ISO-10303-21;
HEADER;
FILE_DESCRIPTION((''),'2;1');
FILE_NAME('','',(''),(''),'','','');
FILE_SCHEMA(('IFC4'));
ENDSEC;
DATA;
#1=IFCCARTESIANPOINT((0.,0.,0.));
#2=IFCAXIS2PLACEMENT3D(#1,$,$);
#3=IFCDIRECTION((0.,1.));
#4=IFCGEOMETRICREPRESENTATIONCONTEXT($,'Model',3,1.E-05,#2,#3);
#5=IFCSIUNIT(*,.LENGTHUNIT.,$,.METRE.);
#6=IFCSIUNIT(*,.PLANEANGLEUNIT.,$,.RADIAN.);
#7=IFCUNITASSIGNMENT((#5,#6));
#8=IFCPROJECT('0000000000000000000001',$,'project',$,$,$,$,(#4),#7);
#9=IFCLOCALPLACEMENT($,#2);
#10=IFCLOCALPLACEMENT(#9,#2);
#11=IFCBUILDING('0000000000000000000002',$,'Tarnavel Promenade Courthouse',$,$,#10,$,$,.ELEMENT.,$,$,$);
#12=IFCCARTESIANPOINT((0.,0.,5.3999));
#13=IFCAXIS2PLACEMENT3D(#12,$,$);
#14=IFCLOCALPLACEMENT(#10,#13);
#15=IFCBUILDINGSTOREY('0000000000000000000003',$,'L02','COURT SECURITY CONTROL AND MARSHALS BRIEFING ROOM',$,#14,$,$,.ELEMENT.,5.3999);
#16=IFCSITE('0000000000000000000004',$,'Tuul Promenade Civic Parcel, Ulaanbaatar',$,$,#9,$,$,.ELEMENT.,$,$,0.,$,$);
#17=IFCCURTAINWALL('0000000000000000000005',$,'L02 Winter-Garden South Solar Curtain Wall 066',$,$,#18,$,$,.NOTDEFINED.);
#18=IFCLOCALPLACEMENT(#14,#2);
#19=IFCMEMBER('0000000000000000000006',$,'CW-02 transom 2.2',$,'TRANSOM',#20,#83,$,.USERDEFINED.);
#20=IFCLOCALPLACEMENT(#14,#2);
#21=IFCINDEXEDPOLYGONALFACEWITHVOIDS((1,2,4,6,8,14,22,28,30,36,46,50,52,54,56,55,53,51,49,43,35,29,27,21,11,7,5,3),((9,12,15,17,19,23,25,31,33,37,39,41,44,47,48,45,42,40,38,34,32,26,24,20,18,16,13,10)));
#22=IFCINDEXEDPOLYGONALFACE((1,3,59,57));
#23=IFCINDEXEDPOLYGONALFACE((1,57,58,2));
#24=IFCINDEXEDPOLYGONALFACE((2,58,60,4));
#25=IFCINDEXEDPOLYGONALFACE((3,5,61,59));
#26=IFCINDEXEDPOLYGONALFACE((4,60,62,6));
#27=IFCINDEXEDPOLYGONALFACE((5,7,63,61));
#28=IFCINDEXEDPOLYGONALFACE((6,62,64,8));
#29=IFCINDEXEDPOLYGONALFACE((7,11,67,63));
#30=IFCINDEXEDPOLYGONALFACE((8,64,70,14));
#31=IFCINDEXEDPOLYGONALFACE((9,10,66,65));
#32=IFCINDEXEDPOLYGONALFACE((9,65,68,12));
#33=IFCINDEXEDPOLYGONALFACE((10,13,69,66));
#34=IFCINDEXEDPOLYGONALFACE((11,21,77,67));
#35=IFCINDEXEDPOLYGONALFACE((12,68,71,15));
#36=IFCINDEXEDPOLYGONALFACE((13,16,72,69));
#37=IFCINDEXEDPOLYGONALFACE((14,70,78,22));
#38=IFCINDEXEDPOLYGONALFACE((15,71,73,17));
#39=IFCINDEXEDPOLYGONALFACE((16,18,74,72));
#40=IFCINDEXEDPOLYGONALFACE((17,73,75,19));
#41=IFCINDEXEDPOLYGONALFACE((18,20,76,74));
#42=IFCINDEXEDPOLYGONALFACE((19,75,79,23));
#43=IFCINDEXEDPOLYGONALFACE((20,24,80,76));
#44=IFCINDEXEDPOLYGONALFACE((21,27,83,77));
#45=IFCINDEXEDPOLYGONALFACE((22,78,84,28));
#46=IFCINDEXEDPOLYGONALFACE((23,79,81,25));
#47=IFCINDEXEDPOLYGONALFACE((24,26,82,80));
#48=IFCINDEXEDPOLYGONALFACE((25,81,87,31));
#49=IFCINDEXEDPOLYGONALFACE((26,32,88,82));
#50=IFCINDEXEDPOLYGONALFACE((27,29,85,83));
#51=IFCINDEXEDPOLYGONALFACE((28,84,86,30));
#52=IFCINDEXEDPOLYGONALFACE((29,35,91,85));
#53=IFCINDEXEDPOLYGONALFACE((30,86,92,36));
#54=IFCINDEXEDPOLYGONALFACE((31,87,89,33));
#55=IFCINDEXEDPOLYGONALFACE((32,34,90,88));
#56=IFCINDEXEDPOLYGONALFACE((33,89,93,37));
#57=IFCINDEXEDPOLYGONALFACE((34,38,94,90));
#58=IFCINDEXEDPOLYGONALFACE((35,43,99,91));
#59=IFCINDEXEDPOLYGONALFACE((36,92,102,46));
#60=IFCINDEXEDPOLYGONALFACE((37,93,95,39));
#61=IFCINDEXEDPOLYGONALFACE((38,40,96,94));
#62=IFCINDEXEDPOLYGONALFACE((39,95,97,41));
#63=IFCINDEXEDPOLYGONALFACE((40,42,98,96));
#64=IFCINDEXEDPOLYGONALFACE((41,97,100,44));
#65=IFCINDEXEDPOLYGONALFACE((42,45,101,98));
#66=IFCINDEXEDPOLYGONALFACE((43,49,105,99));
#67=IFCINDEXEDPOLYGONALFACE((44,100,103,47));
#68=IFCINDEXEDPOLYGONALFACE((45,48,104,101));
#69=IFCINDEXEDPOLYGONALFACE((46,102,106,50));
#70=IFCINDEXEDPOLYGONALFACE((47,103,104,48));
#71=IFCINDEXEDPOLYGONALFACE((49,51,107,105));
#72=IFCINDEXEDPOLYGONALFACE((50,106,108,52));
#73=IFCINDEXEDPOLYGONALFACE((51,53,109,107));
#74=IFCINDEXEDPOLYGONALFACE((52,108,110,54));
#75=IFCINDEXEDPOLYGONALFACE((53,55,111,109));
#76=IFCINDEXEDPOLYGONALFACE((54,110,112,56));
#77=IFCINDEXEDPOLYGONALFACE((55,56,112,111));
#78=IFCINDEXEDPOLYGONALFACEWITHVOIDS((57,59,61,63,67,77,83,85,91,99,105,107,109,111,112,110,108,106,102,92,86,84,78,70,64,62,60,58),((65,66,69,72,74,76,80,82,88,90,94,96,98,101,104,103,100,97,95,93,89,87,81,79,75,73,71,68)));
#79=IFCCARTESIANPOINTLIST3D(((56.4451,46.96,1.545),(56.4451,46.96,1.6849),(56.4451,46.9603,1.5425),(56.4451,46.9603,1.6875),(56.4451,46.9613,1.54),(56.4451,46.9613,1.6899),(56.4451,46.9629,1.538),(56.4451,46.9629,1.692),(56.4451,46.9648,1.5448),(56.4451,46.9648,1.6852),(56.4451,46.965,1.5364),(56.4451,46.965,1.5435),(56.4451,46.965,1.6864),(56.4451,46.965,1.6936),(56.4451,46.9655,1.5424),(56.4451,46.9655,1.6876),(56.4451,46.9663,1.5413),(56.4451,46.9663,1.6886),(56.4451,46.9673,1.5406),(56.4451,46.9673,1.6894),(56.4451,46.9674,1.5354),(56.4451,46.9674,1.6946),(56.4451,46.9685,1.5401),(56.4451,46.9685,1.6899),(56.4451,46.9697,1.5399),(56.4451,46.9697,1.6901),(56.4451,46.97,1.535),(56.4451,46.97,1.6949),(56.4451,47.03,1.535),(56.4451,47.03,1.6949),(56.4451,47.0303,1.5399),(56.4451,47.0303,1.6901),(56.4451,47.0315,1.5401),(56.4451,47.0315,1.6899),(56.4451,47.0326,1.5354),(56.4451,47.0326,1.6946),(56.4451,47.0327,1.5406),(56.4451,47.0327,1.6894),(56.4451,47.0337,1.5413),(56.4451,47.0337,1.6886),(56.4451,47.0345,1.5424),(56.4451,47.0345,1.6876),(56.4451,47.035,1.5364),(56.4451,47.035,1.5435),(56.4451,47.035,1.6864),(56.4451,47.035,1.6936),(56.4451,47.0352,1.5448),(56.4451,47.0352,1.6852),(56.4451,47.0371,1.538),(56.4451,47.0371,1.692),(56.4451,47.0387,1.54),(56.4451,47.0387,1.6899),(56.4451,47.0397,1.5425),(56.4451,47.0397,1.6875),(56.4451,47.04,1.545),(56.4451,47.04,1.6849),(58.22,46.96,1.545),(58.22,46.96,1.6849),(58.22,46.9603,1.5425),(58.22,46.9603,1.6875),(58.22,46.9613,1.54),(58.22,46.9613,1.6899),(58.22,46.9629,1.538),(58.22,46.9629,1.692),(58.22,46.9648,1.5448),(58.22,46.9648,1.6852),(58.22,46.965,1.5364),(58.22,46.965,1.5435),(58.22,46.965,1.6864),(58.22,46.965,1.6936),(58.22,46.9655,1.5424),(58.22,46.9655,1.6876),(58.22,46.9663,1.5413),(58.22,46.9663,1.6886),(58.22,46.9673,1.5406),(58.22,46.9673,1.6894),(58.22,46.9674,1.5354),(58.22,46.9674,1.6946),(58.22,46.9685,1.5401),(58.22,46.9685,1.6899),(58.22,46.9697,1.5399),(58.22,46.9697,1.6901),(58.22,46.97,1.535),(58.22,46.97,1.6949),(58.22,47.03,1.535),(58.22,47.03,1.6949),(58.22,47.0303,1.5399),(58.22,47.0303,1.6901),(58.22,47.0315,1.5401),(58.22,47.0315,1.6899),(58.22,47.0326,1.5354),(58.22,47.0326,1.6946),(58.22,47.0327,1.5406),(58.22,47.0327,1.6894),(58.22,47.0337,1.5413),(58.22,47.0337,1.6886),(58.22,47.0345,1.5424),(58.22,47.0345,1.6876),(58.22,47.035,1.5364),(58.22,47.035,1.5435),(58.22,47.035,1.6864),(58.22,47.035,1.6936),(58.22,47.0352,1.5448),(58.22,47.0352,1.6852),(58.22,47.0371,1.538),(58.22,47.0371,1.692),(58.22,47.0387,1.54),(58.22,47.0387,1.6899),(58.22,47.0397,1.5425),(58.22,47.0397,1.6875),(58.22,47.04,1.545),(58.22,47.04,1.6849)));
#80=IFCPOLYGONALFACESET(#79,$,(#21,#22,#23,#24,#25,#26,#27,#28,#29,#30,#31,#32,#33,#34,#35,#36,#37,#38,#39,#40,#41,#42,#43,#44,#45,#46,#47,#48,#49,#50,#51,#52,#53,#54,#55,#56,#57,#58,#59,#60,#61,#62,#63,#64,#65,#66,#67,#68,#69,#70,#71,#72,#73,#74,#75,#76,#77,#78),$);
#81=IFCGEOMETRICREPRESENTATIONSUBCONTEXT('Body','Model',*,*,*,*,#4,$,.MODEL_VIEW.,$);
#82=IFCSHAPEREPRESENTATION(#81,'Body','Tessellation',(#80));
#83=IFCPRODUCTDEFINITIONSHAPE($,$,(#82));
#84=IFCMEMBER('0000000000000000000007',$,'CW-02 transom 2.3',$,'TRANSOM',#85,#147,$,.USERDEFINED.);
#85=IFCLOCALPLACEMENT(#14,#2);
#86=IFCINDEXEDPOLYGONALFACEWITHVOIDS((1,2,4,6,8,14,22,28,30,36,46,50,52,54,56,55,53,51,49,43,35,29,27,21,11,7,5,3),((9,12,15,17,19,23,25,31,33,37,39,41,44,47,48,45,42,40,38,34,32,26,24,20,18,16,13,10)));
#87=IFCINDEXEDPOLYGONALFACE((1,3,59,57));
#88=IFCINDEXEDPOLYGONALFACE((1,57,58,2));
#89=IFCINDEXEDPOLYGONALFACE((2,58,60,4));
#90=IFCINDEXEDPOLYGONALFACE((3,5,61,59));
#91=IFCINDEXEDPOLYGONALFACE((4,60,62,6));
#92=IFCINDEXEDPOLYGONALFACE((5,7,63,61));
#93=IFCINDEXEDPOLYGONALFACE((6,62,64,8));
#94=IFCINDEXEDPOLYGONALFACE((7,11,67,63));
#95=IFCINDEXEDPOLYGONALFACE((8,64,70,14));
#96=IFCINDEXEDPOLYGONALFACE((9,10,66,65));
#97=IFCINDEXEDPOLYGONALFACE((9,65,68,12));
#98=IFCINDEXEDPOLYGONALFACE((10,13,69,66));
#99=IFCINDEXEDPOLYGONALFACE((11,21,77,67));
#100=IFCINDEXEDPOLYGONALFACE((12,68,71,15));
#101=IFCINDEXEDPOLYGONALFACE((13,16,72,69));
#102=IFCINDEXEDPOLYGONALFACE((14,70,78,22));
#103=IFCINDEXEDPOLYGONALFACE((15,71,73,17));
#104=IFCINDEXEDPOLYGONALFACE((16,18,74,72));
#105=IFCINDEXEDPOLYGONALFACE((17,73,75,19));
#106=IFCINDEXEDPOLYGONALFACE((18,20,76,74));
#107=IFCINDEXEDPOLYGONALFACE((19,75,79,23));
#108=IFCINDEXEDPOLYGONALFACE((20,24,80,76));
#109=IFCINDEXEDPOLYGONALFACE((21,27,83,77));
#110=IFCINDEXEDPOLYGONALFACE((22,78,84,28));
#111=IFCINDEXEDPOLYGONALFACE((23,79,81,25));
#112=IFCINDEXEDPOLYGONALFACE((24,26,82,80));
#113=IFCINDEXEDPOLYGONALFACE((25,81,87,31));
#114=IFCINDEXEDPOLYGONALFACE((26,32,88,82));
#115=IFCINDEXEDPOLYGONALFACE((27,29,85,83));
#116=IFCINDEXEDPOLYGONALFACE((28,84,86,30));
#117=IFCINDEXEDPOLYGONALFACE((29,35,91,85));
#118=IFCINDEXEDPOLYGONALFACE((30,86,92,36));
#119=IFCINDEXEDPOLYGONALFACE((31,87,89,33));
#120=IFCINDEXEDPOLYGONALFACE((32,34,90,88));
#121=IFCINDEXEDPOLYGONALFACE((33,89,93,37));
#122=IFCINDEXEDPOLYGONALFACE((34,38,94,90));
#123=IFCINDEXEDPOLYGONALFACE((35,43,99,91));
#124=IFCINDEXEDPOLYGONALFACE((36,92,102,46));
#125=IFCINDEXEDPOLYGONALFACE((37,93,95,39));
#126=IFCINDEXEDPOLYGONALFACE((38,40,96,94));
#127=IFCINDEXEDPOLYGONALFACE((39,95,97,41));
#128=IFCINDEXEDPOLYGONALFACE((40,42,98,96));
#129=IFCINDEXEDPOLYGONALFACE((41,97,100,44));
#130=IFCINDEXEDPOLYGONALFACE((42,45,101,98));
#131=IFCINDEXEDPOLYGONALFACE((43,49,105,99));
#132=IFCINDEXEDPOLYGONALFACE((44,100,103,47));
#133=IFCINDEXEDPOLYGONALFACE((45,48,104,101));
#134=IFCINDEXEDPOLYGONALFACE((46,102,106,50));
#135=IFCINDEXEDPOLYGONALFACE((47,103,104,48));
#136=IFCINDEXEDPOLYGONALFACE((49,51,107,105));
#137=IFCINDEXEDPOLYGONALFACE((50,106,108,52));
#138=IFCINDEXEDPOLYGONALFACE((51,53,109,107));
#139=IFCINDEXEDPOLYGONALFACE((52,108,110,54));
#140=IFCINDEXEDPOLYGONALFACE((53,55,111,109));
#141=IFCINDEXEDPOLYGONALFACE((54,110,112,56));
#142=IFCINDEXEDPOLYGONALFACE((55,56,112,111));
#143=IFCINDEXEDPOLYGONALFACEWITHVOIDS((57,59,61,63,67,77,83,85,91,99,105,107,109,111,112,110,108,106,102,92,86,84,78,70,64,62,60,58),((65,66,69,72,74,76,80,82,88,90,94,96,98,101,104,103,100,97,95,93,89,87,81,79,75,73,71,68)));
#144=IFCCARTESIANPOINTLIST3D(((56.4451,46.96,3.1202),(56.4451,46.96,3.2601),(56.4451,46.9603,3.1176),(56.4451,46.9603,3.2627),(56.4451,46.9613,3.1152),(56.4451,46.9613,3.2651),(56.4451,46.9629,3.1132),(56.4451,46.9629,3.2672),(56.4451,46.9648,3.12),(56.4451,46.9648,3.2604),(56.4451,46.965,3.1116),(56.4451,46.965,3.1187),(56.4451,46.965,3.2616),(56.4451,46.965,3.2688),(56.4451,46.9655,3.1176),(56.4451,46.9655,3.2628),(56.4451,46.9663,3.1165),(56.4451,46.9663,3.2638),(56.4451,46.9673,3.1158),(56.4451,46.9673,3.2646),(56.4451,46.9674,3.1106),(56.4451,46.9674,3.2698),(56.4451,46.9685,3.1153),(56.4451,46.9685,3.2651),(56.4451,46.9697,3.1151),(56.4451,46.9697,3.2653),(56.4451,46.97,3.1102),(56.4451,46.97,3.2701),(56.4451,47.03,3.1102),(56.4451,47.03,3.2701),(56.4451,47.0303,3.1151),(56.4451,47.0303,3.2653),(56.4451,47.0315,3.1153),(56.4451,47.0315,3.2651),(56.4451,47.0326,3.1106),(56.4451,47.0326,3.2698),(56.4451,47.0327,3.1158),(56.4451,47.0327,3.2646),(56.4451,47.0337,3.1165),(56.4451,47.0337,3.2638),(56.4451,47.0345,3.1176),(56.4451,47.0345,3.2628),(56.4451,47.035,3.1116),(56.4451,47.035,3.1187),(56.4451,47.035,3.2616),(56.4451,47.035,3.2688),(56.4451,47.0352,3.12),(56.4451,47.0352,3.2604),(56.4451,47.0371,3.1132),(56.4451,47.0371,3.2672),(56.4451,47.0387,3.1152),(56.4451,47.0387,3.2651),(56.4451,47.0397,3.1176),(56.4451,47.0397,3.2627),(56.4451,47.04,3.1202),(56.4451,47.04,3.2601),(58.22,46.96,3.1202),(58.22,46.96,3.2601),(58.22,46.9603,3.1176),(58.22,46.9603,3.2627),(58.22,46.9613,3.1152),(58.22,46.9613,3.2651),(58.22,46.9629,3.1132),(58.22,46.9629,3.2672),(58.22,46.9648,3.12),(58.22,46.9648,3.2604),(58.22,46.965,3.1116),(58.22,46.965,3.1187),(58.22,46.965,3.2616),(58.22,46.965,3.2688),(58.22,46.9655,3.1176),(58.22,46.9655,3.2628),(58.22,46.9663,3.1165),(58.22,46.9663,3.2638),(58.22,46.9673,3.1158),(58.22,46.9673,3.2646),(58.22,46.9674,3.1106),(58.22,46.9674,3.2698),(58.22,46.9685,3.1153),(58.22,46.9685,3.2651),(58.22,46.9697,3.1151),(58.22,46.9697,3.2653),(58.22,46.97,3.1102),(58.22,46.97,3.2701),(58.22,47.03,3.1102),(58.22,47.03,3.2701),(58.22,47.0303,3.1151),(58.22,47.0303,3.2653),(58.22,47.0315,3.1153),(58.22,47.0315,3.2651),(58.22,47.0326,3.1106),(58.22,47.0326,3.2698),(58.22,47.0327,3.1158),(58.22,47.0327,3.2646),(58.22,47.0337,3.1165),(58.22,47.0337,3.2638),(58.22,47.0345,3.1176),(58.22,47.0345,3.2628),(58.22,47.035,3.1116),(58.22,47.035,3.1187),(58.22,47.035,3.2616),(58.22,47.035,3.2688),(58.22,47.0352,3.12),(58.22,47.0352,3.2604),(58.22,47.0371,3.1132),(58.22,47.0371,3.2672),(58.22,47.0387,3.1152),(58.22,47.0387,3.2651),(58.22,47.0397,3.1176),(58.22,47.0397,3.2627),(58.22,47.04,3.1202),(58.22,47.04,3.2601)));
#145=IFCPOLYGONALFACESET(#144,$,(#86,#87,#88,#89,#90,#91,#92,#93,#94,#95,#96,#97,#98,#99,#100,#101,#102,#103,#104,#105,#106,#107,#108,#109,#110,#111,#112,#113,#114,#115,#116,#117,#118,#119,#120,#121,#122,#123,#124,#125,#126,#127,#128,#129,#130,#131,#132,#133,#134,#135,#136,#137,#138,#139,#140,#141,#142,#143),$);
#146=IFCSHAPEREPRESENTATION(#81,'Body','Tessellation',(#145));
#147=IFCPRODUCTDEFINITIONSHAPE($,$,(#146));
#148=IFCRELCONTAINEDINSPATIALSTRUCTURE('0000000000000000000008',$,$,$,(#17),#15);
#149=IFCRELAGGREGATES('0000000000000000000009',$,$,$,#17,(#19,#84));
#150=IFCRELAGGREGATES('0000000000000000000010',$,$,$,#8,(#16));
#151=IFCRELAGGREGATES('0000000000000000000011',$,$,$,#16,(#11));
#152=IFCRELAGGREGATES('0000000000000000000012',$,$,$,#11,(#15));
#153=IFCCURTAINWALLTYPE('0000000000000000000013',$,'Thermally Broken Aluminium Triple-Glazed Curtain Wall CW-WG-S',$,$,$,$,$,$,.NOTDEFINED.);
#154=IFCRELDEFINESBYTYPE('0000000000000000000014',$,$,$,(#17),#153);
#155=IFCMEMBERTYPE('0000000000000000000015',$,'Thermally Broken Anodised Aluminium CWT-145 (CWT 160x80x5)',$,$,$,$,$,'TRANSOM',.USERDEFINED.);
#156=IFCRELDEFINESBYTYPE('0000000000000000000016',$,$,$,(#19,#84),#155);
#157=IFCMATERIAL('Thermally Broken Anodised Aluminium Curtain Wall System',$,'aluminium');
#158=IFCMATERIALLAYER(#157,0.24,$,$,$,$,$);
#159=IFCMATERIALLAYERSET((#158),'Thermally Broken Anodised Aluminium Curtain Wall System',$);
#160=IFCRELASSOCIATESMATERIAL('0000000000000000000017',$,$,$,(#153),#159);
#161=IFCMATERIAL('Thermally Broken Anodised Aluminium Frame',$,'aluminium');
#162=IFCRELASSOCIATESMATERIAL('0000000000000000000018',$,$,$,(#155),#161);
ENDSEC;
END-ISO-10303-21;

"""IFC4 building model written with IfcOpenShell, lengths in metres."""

from ifc_helpers import new_model, si_unit, direction, frame, origin, origin_2d, place, context, subcontext, project, spatial, hollow_rectangle, extrude, material, layer, layer_set, material_profile, profile_set, type_object, element, aggregate, save


model = new_model("IFC4")

# Units and contexts
model_context = context("Model", 3, precision=1e-05, world=origin(), true_north=direction((0.0, 1.0)))
body_context = subcontext(model_context, "Body", "Model", "MODEL_VIEW")
ifc_project = project(units=[si_unit("LENGTHUNIT", "METRE"), si_unit("PLANEANGLEUNIT", "RADIAN")], contexts=[model_context])

# Site, building, storey
site_placement = place(None, origin())
site = spatial("IfcSite", under=ifc_project, at=site_placement, Name="Tuul Promenade Civic Parcel, Ulaanbaatar", CompositionType="ELEMENT", RefElevation=0.0)
building_placement = place(site_placement, origin())
building = spatial("IfcBuilding", under=site, at=building_placement, Name="Tarnavel Promenade Courthouse", CompositionType="ELEMENT")
storey_placement = place(building_placement, frame((0.0, 0.0, 5.3999)))
storey = spatial("IfcBuildingStorey", under=building, at=storey_placement, Name="L02", Description="COURT SECURITY CONTROL AND MARSHALS BRIEFING ROOM", CompositionType="ELEMENT", Elevation=5.3999)

# Curtain wall
ifc_material_1 = material(Name="Thermally Broken Anodised Aluminium Curtain Wall System", Category="aluminium")
ifc_layer_1 = layer(ifc_material_1, 0.24)
ifc_layer_set_1 = layer_set([ifc_layer_1], Name="Thermally Broken Anodised Aluminium Curtain Wall System")
curtain_wall_type = type_object("IfcCurtainWallType", Name="Thermally Broken Aluminium Triple-Glazed Curtain Wall CW-WG-S", PredefinedType="NOTDEFINED", material=ifc_layer_set_1)
ifc_material_2 = material(Name="Thermally Broken Anodised Aluminium Frame", Category="aluminium")
curtain_wall_1_placement = place(storey_placement, origin())
curtain_wall_1 = element("IfcCurtainWall", 1, at=curtain_wall_1_placement, inside=storey, type_object=curtain_wall_type, Name="L02 Winter-Garden South Solar Curtain Wall 066", PredefinedType="NOTDEFINED")

# Members
ifc_material_profile_1 = material_profile(ifc_material_2, hollow_rectangle(XDim=0.0801, YDim=0.1599, WallThickness=0.0049, InnerFilletRadius=0.0049, OuterFilletRadius=0.01, at=origin_2d()), Name="CWT 160x80x5")
ifc_profile_set_1 = profile_set([ifc_material_profile_1], Name="Thermally Broken Anodised Aluminium Frame")
member_type_1 = type_object("IfcMemberType", Name="Thermally Broken Anodised Aluminium CWT-145 (CWT 160x80x5)", ElementType="TRANSOM", PredefinedType="USERDEFINED", material=ifc_profile_set_1)
member_1_placement = place(storey_placement, frame((56.4451, 47.0, 1.615), z_axis=(1.0, 0.0, 0.0), x_axis=(0.0, 1.0, 0.0)))
member_1 = element("IfcMember", 2, at=member_1_placement, type_object=member_type_1, Name="CW-02 transom 2.2", ObjectType="TRANSOM", PredefinedType="USERDEFINED", context=body_context, shape_type="SweptSolid", body=[
    extrude(hollow_rectangle(XDim=0.0801, YDim=0.1599, WallThickness=0.0049, InnerFilletRadius=0.0049, OuterFilletRadius=0.01, at=origin_2d()), origin(), (0.0, 0.0, 1.0), 1.7749),
])
member_2_placement = place(storey_placement, frame((56.4451, 47.0, 3.1902), z_axis=(1.0, 0.0, 0.0), x_axis=(0.0, 1.0, 0.0)))
member_2 = element("IfcMember", 3, at=member_2_placement, type_object=member_type_1, Name="CW-02 transom 2.3", ObjectType="TRANSOM", PredefinedType="USERDEFINED", context=body_context, shape_type="SweptSolid", body=[
    extrude(hollow_rectangle(XDim=0.0801, YDim=0.1599, WallThickness=0.0049, InnerFilletRadius=0.0049, OuterFilletRadius=0.01, at=origin_2d()), origin(), (0.0, 0.0, 1.0), 1.7749),
])

aggregate(curtain_wall_1, [member_1, member_2])

save(model, "model.ifc")
